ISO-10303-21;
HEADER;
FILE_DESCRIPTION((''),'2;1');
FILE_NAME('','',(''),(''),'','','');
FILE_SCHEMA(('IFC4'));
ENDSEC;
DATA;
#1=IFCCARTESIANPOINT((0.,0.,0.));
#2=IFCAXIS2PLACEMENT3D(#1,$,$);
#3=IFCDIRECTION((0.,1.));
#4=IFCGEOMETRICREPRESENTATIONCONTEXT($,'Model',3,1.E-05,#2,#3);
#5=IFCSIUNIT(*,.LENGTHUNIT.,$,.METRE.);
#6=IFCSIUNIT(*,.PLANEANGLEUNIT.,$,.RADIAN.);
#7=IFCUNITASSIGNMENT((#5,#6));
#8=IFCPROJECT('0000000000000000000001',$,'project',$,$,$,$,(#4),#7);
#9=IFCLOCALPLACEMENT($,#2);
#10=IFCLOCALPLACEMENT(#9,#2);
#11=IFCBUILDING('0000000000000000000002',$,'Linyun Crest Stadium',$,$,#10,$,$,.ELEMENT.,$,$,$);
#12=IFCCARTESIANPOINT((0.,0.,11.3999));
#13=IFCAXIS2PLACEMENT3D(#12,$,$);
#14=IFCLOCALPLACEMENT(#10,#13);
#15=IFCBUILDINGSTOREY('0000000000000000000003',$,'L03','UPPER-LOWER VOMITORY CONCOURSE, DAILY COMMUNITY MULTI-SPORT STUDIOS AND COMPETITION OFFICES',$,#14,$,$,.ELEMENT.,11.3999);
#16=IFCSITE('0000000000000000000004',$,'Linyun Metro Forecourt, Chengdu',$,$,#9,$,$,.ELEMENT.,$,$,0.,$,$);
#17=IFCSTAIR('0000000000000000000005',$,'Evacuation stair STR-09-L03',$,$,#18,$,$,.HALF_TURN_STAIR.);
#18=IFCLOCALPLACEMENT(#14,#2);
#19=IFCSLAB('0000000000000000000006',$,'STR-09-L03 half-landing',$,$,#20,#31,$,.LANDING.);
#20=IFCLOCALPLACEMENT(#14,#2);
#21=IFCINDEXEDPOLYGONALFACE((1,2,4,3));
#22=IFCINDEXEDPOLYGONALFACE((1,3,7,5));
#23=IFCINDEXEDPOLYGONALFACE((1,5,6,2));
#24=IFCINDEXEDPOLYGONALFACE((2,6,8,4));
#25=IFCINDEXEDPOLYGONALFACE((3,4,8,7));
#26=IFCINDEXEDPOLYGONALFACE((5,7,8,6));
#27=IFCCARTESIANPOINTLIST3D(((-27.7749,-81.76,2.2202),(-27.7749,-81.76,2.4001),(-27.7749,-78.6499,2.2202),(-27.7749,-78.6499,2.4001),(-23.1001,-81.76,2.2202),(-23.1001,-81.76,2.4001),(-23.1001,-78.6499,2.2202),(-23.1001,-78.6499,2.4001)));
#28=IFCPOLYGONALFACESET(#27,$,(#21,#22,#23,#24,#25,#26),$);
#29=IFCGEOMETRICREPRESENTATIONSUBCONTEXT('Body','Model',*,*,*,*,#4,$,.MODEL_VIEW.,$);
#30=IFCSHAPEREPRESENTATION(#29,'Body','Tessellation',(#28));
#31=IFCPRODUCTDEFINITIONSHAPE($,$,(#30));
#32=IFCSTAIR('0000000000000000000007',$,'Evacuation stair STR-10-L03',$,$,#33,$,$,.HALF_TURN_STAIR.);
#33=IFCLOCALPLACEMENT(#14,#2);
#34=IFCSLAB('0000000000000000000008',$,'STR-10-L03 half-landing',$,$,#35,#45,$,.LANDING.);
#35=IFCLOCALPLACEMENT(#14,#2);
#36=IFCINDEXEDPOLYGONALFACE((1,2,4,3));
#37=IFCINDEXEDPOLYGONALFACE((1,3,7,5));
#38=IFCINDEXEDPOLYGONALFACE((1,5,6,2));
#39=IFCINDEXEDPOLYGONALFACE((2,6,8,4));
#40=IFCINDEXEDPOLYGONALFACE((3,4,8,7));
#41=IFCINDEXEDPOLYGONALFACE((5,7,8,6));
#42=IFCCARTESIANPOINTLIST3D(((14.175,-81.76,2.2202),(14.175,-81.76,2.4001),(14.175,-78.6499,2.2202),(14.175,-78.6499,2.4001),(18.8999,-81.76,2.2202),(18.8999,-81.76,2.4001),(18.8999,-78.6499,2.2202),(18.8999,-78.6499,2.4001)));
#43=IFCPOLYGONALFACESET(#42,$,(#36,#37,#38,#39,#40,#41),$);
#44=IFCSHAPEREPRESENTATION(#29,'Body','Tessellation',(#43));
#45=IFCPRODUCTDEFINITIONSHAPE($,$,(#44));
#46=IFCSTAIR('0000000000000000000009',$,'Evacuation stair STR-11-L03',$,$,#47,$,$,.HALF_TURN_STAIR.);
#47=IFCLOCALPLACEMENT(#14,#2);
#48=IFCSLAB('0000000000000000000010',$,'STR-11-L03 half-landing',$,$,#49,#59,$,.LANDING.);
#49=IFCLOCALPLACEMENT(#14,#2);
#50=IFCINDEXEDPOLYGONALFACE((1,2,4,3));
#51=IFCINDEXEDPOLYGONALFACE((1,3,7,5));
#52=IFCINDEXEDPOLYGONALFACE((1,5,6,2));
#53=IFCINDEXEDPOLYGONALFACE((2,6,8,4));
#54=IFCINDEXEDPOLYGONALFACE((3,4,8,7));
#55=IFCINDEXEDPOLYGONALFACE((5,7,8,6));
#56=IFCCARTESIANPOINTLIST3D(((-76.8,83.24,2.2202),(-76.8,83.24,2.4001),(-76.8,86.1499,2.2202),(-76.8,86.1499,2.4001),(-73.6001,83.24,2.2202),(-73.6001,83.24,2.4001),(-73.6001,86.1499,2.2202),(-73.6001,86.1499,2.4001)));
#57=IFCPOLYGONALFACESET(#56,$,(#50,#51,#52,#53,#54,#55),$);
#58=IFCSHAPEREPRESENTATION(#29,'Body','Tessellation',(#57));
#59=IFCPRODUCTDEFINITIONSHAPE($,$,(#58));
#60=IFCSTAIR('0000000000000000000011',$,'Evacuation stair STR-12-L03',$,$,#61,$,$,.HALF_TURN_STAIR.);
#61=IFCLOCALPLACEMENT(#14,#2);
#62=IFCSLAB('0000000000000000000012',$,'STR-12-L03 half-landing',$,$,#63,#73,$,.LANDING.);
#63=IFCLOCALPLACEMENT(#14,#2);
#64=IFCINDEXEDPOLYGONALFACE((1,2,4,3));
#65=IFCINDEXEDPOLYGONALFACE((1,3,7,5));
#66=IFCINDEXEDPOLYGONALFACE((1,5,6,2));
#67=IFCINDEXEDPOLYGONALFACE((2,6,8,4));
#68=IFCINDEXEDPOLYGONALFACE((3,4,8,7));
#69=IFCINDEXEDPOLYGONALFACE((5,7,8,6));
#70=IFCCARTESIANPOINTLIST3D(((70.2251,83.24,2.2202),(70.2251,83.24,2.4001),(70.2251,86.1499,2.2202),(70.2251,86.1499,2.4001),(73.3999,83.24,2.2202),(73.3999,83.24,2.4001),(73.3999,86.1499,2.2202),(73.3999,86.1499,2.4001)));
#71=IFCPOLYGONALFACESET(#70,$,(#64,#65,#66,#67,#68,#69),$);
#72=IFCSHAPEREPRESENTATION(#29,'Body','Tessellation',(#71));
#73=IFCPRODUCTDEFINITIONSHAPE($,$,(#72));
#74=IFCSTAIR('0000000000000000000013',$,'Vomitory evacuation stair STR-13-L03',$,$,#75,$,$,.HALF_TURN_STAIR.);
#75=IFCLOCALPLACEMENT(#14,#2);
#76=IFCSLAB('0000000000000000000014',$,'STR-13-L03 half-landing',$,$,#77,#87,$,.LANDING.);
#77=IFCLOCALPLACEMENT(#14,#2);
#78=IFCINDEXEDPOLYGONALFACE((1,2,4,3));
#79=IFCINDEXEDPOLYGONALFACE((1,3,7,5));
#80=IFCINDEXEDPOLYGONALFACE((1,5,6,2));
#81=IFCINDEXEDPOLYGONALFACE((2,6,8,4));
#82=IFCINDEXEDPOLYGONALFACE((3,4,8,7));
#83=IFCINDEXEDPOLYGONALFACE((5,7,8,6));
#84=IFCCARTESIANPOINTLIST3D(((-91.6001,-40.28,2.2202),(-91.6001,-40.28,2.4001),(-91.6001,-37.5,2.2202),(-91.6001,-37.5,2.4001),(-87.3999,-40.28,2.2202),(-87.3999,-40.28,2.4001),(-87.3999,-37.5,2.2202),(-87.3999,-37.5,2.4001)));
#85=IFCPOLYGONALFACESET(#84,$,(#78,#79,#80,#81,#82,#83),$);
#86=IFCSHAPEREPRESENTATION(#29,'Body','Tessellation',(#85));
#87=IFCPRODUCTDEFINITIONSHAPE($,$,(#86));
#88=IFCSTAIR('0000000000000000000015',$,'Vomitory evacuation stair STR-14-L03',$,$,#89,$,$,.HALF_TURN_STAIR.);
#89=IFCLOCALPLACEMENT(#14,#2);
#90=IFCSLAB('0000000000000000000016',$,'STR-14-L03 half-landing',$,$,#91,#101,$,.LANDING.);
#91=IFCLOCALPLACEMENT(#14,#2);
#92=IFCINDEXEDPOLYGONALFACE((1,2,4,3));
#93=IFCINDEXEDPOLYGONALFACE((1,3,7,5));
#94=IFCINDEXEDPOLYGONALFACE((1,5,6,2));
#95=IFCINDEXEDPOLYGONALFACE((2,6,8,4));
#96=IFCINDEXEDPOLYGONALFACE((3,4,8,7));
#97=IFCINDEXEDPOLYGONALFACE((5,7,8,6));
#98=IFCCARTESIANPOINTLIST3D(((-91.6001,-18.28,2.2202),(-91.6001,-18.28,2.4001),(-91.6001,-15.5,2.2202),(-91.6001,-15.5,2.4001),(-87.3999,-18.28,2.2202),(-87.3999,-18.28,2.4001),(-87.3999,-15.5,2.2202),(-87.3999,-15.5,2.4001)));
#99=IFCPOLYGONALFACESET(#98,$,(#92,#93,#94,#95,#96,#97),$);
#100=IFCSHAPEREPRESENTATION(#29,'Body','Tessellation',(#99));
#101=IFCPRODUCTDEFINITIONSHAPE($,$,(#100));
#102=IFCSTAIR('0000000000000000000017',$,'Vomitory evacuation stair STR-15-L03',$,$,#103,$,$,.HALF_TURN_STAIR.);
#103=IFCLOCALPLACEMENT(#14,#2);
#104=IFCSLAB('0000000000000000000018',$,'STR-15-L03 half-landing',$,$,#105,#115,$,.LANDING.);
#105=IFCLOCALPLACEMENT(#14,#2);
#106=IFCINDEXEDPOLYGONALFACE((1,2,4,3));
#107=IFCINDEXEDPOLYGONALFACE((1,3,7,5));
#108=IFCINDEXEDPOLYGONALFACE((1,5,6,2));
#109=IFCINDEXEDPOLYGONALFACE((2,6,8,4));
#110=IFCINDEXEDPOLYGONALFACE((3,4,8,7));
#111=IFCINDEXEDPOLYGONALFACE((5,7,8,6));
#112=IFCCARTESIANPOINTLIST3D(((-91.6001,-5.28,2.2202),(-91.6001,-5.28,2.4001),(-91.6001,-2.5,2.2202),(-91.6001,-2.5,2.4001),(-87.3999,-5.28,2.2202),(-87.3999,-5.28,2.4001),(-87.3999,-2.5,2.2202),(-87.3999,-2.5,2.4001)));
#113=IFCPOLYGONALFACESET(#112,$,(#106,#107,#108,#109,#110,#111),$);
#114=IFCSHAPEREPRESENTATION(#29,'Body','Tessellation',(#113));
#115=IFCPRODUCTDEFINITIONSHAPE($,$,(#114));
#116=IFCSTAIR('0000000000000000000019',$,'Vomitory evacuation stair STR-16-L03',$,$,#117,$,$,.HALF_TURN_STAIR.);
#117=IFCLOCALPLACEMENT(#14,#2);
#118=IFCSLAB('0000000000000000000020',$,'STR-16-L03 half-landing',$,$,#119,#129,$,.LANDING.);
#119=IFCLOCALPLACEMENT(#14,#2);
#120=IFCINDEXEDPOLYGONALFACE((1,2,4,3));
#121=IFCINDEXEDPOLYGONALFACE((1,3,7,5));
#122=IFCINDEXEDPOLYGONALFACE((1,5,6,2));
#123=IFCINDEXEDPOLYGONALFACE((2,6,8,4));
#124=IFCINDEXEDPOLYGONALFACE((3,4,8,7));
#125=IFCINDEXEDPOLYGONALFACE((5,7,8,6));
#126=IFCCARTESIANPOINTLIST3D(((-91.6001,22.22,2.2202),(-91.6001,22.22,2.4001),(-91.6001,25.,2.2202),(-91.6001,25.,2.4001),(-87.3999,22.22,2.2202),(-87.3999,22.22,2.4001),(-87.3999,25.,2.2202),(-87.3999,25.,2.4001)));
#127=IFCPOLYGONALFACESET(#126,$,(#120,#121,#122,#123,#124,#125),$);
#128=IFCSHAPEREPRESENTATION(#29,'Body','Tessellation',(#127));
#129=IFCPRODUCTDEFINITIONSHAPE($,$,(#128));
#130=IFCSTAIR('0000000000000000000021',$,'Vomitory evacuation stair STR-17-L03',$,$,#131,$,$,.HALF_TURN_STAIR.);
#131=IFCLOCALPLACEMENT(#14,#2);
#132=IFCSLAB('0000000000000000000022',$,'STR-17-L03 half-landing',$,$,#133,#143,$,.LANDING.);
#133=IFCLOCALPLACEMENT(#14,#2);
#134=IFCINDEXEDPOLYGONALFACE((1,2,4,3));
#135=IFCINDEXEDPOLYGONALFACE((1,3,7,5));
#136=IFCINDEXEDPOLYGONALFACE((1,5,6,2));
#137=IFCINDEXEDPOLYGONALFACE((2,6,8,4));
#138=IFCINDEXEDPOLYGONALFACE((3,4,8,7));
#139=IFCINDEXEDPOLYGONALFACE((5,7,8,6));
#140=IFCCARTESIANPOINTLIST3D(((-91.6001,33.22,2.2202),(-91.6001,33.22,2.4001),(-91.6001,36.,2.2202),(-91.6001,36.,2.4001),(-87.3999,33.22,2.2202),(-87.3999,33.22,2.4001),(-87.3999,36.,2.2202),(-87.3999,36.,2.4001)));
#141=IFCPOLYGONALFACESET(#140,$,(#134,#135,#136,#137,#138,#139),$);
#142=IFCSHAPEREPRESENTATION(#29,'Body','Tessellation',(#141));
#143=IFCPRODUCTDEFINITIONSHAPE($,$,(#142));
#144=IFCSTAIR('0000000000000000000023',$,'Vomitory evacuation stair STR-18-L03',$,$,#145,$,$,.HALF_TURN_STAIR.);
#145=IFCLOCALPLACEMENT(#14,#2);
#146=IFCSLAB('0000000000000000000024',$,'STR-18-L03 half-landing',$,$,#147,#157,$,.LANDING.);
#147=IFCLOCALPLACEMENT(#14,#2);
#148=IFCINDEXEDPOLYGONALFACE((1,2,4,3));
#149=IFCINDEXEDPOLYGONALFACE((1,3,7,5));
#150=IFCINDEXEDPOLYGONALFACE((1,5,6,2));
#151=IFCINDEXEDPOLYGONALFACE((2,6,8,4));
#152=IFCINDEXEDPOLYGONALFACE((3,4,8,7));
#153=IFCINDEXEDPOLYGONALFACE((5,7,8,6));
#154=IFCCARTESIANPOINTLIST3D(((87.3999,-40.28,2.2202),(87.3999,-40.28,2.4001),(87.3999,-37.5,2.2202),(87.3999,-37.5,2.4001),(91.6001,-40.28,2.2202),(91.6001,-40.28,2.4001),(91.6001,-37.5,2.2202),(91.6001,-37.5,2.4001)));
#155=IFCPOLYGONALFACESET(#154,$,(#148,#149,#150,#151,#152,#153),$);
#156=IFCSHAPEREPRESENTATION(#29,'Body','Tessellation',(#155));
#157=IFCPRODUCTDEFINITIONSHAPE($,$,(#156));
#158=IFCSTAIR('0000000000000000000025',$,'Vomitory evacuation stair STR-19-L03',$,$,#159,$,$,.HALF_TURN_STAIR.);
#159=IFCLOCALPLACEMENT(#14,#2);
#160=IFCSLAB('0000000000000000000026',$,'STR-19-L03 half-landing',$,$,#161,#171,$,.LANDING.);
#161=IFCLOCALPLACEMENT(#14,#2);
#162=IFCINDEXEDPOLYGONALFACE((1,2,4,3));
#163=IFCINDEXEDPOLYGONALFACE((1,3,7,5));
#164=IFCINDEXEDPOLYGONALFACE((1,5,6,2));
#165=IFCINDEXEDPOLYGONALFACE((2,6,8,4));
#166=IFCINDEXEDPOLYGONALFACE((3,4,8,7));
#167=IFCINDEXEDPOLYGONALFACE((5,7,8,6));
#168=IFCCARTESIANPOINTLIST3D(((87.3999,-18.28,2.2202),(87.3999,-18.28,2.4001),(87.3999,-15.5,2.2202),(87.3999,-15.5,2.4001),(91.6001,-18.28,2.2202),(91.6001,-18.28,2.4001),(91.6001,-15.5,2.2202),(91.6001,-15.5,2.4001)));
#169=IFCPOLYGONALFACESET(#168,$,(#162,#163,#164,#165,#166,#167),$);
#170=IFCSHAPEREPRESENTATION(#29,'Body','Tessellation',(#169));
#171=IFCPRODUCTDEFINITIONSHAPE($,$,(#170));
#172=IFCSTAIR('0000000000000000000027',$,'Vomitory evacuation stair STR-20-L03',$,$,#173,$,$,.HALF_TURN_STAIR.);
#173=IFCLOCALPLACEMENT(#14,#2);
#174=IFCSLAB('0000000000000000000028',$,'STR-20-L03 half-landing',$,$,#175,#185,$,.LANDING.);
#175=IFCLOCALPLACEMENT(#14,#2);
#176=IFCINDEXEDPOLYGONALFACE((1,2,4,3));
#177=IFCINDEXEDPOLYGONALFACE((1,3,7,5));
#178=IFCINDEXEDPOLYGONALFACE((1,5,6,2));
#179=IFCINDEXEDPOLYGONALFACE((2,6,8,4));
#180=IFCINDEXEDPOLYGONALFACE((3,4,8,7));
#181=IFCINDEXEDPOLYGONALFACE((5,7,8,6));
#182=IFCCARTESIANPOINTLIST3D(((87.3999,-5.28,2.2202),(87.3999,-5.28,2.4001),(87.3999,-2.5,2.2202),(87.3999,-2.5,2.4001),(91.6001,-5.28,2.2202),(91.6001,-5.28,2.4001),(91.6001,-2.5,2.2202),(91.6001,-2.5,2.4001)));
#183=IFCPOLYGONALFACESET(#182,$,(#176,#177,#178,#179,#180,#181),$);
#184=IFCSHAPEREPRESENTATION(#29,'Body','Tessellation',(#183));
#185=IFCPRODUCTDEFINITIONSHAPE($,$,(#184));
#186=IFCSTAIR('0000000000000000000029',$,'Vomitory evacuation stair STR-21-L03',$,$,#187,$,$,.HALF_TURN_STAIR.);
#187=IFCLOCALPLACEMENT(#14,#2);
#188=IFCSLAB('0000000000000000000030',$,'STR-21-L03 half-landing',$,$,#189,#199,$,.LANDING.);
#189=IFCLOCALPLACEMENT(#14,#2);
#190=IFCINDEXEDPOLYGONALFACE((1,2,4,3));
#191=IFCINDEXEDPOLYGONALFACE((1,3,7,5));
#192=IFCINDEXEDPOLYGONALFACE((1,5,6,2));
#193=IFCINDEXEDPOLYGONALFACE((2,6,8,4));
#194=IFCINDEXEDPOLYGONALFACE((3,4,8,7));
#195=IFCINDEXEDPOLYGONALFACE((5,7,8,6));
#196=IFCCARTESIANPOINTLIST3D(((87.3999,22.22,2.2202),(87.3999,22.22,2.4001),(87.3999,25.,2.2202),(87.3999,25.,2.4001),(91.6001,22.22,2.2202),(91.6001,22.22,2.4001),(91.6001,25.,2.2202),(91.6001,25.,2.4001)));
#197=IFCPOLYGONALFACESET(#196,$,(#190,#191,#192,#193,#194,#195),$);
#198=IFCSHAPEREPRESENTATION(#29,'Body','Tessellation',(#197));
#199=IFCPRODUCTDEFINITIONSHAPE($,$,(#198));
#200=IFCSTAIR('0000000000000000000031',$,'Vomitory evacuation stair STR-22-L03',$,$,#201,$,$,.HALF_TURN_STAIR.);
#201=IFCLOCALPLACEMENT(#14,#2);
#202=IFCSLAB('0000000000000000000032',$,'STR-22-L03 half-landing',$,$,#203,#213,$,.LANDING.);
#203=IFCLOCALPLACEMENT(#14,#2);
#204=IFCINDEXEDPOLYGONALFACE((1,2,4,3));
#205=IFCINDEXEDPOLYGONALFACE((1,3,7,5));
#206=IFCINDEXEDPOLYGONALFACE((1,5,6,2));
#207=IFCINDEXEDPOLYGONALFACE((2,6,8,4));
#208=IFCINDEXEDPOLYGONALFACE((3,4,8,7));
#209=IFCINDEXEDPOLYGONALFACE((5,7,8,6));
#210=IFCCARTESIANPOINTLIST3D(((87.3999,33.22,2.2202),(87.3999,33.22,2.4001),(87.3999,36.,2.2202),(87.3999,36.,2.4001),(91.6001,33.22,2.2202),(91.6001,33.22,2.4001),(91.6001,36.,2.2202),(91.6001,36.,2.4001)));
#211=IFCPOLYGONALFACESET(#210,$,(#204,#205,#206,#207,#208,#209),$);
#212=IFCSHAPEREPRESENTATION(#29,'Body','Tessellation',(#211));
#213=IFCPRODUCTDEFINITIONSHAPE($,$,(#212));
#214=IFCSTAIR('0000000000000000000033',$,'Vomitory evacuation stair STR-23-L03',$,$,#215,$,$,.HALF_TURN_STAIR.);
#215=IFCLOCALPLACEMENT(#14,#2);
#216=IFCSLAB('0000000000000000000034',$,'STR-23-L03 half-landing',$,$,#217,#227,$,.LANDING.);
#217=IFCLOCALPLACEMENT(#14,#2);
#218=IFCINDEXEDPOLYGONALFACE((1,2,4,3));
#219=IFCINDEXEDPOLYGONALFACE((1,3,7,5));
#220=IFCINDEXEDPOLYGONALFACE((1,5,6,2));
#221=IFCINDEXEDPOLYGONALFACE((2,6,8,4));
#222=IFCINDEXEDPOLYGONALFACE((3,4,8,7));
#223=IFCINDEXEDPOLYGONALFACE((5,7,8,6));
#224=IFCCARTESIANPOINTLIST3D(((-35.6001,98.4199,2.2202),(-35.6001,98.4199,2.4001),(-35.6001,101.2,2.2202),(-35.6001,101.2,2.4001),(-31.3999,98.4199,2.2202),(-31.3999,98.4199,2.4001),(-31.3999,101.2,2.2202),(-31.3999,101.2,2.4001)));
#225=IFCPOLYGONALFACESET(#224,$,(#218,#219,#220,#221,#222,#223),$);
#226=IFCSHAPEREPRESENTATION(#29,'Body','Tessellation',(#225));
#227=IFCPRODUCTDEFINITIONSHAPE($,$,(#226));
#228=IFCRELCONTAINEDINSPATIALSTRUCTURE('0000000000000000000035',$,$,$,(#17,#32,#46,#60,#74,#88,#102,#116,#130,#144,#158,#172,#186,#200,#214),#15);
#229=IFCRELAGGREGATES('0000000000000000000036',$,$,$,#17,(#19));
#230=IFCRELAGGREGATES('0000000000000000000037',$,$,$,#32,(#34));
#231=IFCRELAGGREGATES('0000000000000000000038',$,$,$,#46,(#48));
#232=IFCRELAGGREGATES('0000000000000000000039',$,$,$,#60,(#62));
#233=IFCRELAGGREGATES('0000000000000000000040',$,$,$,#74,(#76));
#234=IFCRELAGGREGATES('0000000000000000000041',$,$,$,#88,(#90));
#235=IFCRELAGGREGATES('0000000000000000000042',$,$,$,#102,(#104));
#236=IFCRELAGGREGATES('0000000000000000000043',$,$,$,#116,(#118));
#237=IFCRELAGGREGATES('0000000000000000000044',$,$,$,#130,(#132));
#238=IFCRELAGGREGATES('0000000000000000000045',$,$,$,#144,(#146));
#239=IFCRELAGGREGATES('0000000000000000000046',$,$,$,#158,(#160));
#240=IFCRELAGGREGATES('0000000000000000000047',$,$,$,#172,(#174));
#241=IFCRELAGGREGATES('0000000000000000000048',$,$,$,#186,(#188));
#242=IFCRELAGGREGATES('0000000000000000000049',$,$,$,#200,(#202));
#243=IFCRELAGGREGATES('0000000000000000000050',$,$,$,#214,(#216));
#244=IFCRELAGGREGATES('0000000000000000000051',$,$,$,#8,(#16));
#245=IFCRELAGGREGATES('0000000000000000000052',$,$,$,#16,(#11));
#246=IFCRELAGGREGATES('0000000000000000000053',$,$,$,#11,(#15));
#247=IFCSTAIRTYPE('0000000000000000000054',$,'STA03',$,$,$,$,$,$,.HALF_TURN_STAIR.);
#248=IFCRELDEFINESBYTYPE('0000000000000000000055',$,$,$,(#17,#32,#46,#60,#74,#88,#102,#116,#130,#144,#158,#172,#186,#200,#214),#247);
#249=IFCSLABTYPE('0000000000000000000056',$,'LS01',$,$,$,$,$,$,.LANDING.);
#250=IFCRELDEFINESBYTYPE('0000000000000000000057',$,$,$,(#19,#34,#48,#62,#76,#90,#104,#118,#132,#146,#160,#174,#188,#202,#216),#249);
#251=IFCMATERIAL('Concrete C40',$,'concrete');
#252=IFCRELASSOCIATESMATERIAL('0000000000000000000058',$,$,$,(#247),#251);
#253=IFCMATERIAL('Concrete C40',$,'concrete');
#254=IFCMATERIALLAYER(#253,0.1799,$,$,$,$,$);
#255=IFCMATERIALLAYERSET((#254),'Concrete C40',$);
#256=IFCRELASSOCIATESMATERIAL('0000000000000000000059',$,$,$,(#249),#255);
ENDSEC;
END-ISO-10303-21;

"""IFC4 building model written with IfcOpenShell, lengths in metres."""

from ifc_helpers import new_model, si_unit, direction, frame, origin, place, context, subcontext, project, spatial, polyline, outline, extrude, material, layer, layer_set, type_object, element, aggregate, save


model = new_model("IFC4")

# Units and contexts
model_context = context("Model", 3, precision=1e-05, world=origin(), true_north=direction((0.0, 1.0)))
body_context = subcontext(model_context, "Body", "Model", "MODEL_VIEW")
ifc_project = project(units=[si_unit("LENGTHUNIT", "METRE"), si_unit("PLANEANGLEUNIT", "RADIAN")], contexts=[model_context])

# Site, building, storey
site_placement = place(None, origin())
site = spatial("IfcSite", under=ifc_project, at=site_placement, Name="Linyun Metro Forecourt, Chengdu", CompositionType="ELEMENT", RefElevation=0.0)
building_placement = place(site_placement, origin())
building = spatial("IfcBuilding", under=site, at=building_placement, Name="Linyun Crest Stadium", CompositionType="ELEMENT")
storey_placement = place(building_placement, frame((0.0, 0.0, 11.3999)))
storey = spatial("IfcBuildingStorey", under=building, at=storey_placement, Name="L03", Description="UPPER-LOWER VOMITORY CONCOURSE, DAILY COMMUNITY MULTI-SPORT STUDIOS AND COMPETITION OFFICES", CompositionType="ELEMENT", Elevation=11.3999)

# Stairs, slabs
ifc_material_1 = material(Name="Concrete C40", Category="concrete")
stair_type = type_object("IfcStairType", Name="STA03", PredefinedType="HALF_TURN_STAIR", material=ifc_material_1)
stair_1_placement = place(storey_placement, origin())
stair_1 = element("IfcStair", 1, at=stair_1_placement, inside=storey, type_object=stair_type, Name="Evacuation stair STR-09-L03", PredefinedType="HALF_TURN_STAIR")
ifc_material_2 = material(Name="Concrete C40", Category="concrete")
ifc_layer_1 = layer(ifc_material_2, 0.1799)
ifc_layer_set_1 = layer_set([ifc_layer_1], Name="Concrete C40")
slab_type = type_object("IfcSlabType", Name="LS01", PredefinedType="LANDING", material=ifc_layer_set_1)
slab_1_placement = place(storey_placement, frame((0.0, 0.0, 2.2202)))
slab_1 = element("IfcSlab", 2, at=slab_1_placement, type_object=slab_type, Name="STR-09-L03 half-landing", PredefinedType="LANDING", context=body_context, shape_type="SweptSolid", body=[
    extrude(outline(polyline([(-27.7749, -81.76), (-23.1001, -81.76), (-23.1001, -78.6499), (-27.7749, -78.6499), (-27.7749, -81.76)])), origin(), (0.0, 0.0, 1.0), 0.1799),
])
aggregate(stair_1, [slab_1])
stair_2_placement = place(storey_placement, origin())
stair_2 = element("IfcStair", 3, at=stair_2_placement, inside=storey, type_object=stair_type, Name="Evacuation stair STR-10-L03", PredefinedType="HALF_TURN_STAIR")
slab_2_placement = place(storey_placement, frame((0.0, 0.0, 2.2202)))
slab_2 = element("IfcSlab", 4, at=slab_2_placement, type_object=slab_type, Name="STR-10-L03 half-landing", PredefinedType="LANDING", context=body_context, shape_type="SweptSolid", body=[
    extrude(outline(polyline([(14.175, -81.76), (18.8999, -81.76), (18.8999, -78.6499), (14.175, -78.6499), (14.175, -81.76)])), origin(), (0.0, 0.0, 1.0), 0.1799),
])
aggregate(stair_2, [slab_2])
stair_3_placement = place(storey_placement, origin())
stair_3 = element("IfcStair", 5, at=stair_3_placement, inside=storey, type_object=stair_type, Name="Evacuation stair STR-11-L03", PredefinedType="HALF_TURN_STAIR")
slab_3_placement = place(storey_placement, frame((0.0, 0.0, 2.2202)))
slab_3 = element("IfcSlab", 6, at=slab_3_placement, type_object=slab_type, Name="STR-11-L03 half-landing", PredefinedType="LANDING", context=body_context, shape_type="SweptSolid", body=[
    extrude(outline(polyline([(-76.8, 83.24), (-73.6001, 83.24), (-73.6001, 86.1499), (-76.8, 86.1499), (-76.8, 83.24)])), origin(), (0.0, 0.0, 1.0), 0.1799),
])
aggregate(stair_3, [slab_3])
stair_4_placement = place(storey_placement, origin())
stair_4 = element("IfcStair", 7, at=stair_4_placement, inside=storey, type_object=stair_type, Name="Evacuation stair STR-12-L03", PredefinedType="HALF_TURN_STAIR")
slab_4_placement = place(storey_placement, frame((0.0, 0.0, 2.2202)))
slab_4 = element("IfcSlab", 8, at=slab_4_placement, type_object=slab_type, Name="STR-12-L03 half-landing", PredefinedType="LANDING", context=body_context, shape_type="SweptSolid", body=[
    extrude(outline(polyline([(70.2251, 83.24), (73.3999, 83.24), (73.3999, 86.1499), (70.2251, 86.1499), (70.2251, 83.24)])), origin(), (0.0, 0.0, 1.0), 0.1799),
])
aggregate(stair_4, [slab_4])
stair_5_placement = place(storey_placement, origin())
stair_5 = element("IfcStair", 9, at=stair_5_placement, inside=storey, type_object=stair_type, Name="Vomitory evacuation stair STR-13-L03", PredefinedType="HALF_TURN_STAIR")
slab_5_placement = place(storey_placement, frame((0.0, 0.0, 2.2202)))
slab_5 = element("IfcSlab", 10, at=slab_5_placement, type_object=slab_type, Name="STR-13-L03 half-landing", PredefinedType="LANDING", context=body_context, shape_type="SweptSolid", body=[
    extrude(outline(polyline([(-91.6001, -40.28), (-87.3999, -40.28), (-87.3999, -37.5), (-91.6001, -37.5), (-91.6001, -40.28)])), origin(), (0.0, 0.0, 1.0), 0.1799),
])
aggregate(stair_5, [slab_5])
stair_6_placement = place(storey_placement, origin())
stair_6 = element("IfcStair", 11, at=stair_6_placement, inside=storey, type_object=stair_type, Name="Vomitory evacuation stair STR-14-L03", PredefinedType="HALF_TURN_STAIR")
slab_6_placement = place(storey_placement, frame((0.0, 0.0, 2.2202)))
slab_6 = element("IfcSlab", 12, at=slab_6_placement, type_object=slab_type, Name="STR-14-L03 half-landing", PredefinedType="LANDING", context=body_context, shape_type="SweptSolid", body=[
    extrude(outline(polyline([(-91.6001, -18.28), (-87.3999, -18.28), (-87.3999, -15.5), (-91.6001, -15.5), (-91.6001, -18.28)])), origin(), (0.0, 0.0, 1.0), 0.1799),
])
aggregate(stair_6, [slab_6])
stair_7_placement = place(storey_placement, origin())
stair_7 = element("IfcStair", 13, at=stair_7_placement, inside=storey, type_object=stair_type, Name="Vomitory evacuation stair STR-15-L03", PredefinedType="HALF_TURN_STAIR")
slab_7_placement = place(storey_placement, frame((0.0, 0.0, 2.2202)))
slab_7 = element("IfcSlab", 14, at=slab_7_placement, type_object=slab_type, Name="STR-15-L03 half-landing", PredefinedType="LANDING", context=body_context, shape_type="SweptSolid", body=[
    extrude(outline(polyline([(-91.6001, -5.28), (-87.3999, -5.28), (-87.3999, -2.5), (-91.6001, -2.5), (-91.6001, -5.28)])), origin(), (0.0, 0.0, 1.0), 0.1799),
])
aggregate(stair_7, [slab_7])
stair_8_placement = place(storey_placement, origin())
stair_8 = element("IfcStair", 15, at=stair_8_placement, inside=storey, type_object=stair_type, Name="Vomitory evacuation stair STR-16-L03", PredefinedType="HALF_TURN_STAIR")
slab_8_placement = place(storey_placement, frame((0.0, 0.0, 2.2202)))
slab_8 = element("IfcSlab", 16, at=slab_8_placement, type_object=slab_type, Name="STR-16-L03 half-landing", PredefinedType="LANDING", context=body_context, shape_type="SweptSolid", body=[
    extrude(outline(polyline([(-91.6001, 22.22), (-87.3999, 22.22), (-87.3999, 25.0), (-91.6001, 25.0), (-91.6001, 22.22)])), origin(), (0.0, 0.0, 1.0), 0.1799),
])
aggregate(stair_8, [slab_8])
stair_9_placement = place(storey_placement, origin())
stair_9 = element("IfcStair", 17, at=stair_9_placement, inside=storey, type_object=stair_type, Name="Vomitory evacuation stair STR-17-L03", PredefinedType="HALF_TURN_STAIR")
slab_9_placement = place(storey_placement, frame((0.0, 0.0, 2.2202)))
slab_9 = element("IfcSlab", 18, at=slab_9_placement, type_object=slab_type, Name="STR-17-L03 half-landing", PredefinedType="LANDING", context=body_context, shape_type="SweptSolid", body=[
    extrude(outline(polyline([(-91.6001, 33.22), (-87.3999, 33.22), (-87.3999, 36.0), (-91.6001, 36.0), (-91.6001, 33.22)])), origin(), (0.0, 0.0, 1.0), 0.1799),
])
aggregate(stair_9, [slab_9])
stair_10_placement = place(storey_placement, origin())
stair_10 = element("IfcStair", 19, at=stair_10_placement, inside=storey, type_object=stair_type, Name="Vomitory evacuation stair STR-18-L03", PredefinedType="HALF_TURN_STAIR")
slab_10_placement = place(storey_placement, frame((0.0, 0.0, 2.2202)))
slab_10 = element("IfcSlab", 20, at=slab_10_placement, type_object=slab_type, Name="STR-18-L03 half-landing", PredefinedType="LANDING", context=body_context, shape_type="SweptSolid", body=[
    extrude(outline(polyline([(87.3999, -40.28), (91.6001, -40.28), (91.6001, -37.5), (87.3999, -37.5), (87.3999, -40.28)])), origin(), (0.0, 0.0, 1.0), 0.1799),
])
aggregate(stair_10, [slab_10])
stair_11_placement = place(storey_placement, origin())
stair_11 = element("IfcStair", 21, at=stair_11_placement, inside=storey, type_object=stair_type, Name="Vomitory evacuation stair STR-19-L03", PredefinedType="HALF_TURN_STAIR")
slab_11_placement = place(storey_placement, frame((0.0, 0.0, 2.2202)))
slab_11 = element("IfcSlab", 22, at=slab_11_placement, type_object=slab_type, Name="STR-19-L03 half-landing", PredefinedType="LANDING", context=body_context, shape_type="SweptSolid", body=[
    extrude(outline(polyline([(87.3999, -18.28), (91.6001, -18.28), (91.6001, -15.5), (87.3999, -15.5), (87.3999, -18.28)])), origin(), (0.0, 0.0, 1.0), 0.1799),
])
aggregate(stair_11, [slab_11])
stair_12_placement = place(storey_placement, origin())
stair_12 = element("IfcStair", 23, at=stair_12_placement, inside=storey, type_object=stair_type, Name="Vomitory evacuation stair STR-20-L03", PredefinedType="HALF_TURN_STAIR")
slab_12_placement = place(storey_placement, frame((0.0, 0.0, 2.2202)))
slab_12 = element("IfcSlab", 24, at=slab_12_placement, type_object=slab_type, Name="STR-20-L03 half-landing", PredefinedType="LANDING", context=body_context, shape_type="SweptSolid", body=[
    extrude(outline(polyline([(87.3999, -5.28), (91.6001, -5.28), (91.6001, -2.5), (87.3999, -2.5), (87.3999, -5.28)])), origin(), (0.0, 0.0, 1.0), 0.1799),
])
aggregate(stair_12, [slab_12])
stair_13_placement = place(storey_placement, origin())
stair_13 = element("IfcStair", 25, at=stair_13_placement, inside=storey, type_object=stair_type, Name="Vomitory evacuation stair STR-21-L03", PredefinedType="HALF_TURN_STAIR")
slab_13_placement = place(storey_placement, frame((0.0, 0.0, 2.2202)))
slab_13 = element("IfcSlab", 26, at=slab_13_placement, type_object=slab_type, Name="STR-21-L03 half-landing", PredefinedType="LANDING", context=body_context, shape_type="SweptSolid", body=[
    extrude(outline(polyline([(87.3999, 22.22), (91.6001, 22.22), (91.6001, 25.0), (87.3999, 25.0), (87.3999, 22.22)])), origin(), (0.0, 0.0, 1.0), 0.1799),
])
aggregate(stair_13, [slab_13])
stair_14_placement = place(storey_placement, origin())
stair_14 = element("IfcStair", 27, at=stair_14_placement, inside=storey, type_object=stair_type, Name="Vomitory evacuation stair STR-22-L03", PredefinedType="HALF_TURN_STAIR")
slab_14_placement = place(storey_placement, frame((0.0, 0.0, 2.2202)))
slab_14 = element("IfcSlab", 28, at=slab_14_placement, type_object=slab_type, Name="STR-22-L03 half-landing", PredefinedType="LANDING", context=body_context, shape_type="SweptSolid", body=[
    extrude(outline(polyline([(87.3999, 33.22), (91.6001, 33.22), (91.6001, 36.0), (87.3999, 36.0), (87.3999, 33.22)])), origin(), (0.0, 0.0, 1.0), 0.1799),
])
aggregate(stair_14, [slab_14])
stair_15_placement = place(storey_placement, origin())
stair_15 = element("IfcStair", 29, at=stair_15_placement, inside=storey, type_object=stair_type, Name="Vomitory evacuation stair STR-23-L03", PredefinedType="HALF_TURN_STAIR")
slab_15_placement = place(storey_placement, frame((0.0, 0.0, 2.2202)))
slab_15 = element("IfcSlab", 30, at=slab_15_placement, type_object=slab_type, Name="STR-23-L03 half-landing", PredefinedType="LANDING", context=body_context, shape_type="SweptSolid", body=[
    extrude(outline(polyline([(-35.6001, 98.4199), (-31.3999, 98.4199), (-31.3999, 101.2), (-35.6001, 101.2), (-35.6001, 98.4199)])), origin(), (0.0, 0.0, 1.0), 0.1799),
])
aggregate(stair_15, [slab_15])

save(model, "model.ifc")
